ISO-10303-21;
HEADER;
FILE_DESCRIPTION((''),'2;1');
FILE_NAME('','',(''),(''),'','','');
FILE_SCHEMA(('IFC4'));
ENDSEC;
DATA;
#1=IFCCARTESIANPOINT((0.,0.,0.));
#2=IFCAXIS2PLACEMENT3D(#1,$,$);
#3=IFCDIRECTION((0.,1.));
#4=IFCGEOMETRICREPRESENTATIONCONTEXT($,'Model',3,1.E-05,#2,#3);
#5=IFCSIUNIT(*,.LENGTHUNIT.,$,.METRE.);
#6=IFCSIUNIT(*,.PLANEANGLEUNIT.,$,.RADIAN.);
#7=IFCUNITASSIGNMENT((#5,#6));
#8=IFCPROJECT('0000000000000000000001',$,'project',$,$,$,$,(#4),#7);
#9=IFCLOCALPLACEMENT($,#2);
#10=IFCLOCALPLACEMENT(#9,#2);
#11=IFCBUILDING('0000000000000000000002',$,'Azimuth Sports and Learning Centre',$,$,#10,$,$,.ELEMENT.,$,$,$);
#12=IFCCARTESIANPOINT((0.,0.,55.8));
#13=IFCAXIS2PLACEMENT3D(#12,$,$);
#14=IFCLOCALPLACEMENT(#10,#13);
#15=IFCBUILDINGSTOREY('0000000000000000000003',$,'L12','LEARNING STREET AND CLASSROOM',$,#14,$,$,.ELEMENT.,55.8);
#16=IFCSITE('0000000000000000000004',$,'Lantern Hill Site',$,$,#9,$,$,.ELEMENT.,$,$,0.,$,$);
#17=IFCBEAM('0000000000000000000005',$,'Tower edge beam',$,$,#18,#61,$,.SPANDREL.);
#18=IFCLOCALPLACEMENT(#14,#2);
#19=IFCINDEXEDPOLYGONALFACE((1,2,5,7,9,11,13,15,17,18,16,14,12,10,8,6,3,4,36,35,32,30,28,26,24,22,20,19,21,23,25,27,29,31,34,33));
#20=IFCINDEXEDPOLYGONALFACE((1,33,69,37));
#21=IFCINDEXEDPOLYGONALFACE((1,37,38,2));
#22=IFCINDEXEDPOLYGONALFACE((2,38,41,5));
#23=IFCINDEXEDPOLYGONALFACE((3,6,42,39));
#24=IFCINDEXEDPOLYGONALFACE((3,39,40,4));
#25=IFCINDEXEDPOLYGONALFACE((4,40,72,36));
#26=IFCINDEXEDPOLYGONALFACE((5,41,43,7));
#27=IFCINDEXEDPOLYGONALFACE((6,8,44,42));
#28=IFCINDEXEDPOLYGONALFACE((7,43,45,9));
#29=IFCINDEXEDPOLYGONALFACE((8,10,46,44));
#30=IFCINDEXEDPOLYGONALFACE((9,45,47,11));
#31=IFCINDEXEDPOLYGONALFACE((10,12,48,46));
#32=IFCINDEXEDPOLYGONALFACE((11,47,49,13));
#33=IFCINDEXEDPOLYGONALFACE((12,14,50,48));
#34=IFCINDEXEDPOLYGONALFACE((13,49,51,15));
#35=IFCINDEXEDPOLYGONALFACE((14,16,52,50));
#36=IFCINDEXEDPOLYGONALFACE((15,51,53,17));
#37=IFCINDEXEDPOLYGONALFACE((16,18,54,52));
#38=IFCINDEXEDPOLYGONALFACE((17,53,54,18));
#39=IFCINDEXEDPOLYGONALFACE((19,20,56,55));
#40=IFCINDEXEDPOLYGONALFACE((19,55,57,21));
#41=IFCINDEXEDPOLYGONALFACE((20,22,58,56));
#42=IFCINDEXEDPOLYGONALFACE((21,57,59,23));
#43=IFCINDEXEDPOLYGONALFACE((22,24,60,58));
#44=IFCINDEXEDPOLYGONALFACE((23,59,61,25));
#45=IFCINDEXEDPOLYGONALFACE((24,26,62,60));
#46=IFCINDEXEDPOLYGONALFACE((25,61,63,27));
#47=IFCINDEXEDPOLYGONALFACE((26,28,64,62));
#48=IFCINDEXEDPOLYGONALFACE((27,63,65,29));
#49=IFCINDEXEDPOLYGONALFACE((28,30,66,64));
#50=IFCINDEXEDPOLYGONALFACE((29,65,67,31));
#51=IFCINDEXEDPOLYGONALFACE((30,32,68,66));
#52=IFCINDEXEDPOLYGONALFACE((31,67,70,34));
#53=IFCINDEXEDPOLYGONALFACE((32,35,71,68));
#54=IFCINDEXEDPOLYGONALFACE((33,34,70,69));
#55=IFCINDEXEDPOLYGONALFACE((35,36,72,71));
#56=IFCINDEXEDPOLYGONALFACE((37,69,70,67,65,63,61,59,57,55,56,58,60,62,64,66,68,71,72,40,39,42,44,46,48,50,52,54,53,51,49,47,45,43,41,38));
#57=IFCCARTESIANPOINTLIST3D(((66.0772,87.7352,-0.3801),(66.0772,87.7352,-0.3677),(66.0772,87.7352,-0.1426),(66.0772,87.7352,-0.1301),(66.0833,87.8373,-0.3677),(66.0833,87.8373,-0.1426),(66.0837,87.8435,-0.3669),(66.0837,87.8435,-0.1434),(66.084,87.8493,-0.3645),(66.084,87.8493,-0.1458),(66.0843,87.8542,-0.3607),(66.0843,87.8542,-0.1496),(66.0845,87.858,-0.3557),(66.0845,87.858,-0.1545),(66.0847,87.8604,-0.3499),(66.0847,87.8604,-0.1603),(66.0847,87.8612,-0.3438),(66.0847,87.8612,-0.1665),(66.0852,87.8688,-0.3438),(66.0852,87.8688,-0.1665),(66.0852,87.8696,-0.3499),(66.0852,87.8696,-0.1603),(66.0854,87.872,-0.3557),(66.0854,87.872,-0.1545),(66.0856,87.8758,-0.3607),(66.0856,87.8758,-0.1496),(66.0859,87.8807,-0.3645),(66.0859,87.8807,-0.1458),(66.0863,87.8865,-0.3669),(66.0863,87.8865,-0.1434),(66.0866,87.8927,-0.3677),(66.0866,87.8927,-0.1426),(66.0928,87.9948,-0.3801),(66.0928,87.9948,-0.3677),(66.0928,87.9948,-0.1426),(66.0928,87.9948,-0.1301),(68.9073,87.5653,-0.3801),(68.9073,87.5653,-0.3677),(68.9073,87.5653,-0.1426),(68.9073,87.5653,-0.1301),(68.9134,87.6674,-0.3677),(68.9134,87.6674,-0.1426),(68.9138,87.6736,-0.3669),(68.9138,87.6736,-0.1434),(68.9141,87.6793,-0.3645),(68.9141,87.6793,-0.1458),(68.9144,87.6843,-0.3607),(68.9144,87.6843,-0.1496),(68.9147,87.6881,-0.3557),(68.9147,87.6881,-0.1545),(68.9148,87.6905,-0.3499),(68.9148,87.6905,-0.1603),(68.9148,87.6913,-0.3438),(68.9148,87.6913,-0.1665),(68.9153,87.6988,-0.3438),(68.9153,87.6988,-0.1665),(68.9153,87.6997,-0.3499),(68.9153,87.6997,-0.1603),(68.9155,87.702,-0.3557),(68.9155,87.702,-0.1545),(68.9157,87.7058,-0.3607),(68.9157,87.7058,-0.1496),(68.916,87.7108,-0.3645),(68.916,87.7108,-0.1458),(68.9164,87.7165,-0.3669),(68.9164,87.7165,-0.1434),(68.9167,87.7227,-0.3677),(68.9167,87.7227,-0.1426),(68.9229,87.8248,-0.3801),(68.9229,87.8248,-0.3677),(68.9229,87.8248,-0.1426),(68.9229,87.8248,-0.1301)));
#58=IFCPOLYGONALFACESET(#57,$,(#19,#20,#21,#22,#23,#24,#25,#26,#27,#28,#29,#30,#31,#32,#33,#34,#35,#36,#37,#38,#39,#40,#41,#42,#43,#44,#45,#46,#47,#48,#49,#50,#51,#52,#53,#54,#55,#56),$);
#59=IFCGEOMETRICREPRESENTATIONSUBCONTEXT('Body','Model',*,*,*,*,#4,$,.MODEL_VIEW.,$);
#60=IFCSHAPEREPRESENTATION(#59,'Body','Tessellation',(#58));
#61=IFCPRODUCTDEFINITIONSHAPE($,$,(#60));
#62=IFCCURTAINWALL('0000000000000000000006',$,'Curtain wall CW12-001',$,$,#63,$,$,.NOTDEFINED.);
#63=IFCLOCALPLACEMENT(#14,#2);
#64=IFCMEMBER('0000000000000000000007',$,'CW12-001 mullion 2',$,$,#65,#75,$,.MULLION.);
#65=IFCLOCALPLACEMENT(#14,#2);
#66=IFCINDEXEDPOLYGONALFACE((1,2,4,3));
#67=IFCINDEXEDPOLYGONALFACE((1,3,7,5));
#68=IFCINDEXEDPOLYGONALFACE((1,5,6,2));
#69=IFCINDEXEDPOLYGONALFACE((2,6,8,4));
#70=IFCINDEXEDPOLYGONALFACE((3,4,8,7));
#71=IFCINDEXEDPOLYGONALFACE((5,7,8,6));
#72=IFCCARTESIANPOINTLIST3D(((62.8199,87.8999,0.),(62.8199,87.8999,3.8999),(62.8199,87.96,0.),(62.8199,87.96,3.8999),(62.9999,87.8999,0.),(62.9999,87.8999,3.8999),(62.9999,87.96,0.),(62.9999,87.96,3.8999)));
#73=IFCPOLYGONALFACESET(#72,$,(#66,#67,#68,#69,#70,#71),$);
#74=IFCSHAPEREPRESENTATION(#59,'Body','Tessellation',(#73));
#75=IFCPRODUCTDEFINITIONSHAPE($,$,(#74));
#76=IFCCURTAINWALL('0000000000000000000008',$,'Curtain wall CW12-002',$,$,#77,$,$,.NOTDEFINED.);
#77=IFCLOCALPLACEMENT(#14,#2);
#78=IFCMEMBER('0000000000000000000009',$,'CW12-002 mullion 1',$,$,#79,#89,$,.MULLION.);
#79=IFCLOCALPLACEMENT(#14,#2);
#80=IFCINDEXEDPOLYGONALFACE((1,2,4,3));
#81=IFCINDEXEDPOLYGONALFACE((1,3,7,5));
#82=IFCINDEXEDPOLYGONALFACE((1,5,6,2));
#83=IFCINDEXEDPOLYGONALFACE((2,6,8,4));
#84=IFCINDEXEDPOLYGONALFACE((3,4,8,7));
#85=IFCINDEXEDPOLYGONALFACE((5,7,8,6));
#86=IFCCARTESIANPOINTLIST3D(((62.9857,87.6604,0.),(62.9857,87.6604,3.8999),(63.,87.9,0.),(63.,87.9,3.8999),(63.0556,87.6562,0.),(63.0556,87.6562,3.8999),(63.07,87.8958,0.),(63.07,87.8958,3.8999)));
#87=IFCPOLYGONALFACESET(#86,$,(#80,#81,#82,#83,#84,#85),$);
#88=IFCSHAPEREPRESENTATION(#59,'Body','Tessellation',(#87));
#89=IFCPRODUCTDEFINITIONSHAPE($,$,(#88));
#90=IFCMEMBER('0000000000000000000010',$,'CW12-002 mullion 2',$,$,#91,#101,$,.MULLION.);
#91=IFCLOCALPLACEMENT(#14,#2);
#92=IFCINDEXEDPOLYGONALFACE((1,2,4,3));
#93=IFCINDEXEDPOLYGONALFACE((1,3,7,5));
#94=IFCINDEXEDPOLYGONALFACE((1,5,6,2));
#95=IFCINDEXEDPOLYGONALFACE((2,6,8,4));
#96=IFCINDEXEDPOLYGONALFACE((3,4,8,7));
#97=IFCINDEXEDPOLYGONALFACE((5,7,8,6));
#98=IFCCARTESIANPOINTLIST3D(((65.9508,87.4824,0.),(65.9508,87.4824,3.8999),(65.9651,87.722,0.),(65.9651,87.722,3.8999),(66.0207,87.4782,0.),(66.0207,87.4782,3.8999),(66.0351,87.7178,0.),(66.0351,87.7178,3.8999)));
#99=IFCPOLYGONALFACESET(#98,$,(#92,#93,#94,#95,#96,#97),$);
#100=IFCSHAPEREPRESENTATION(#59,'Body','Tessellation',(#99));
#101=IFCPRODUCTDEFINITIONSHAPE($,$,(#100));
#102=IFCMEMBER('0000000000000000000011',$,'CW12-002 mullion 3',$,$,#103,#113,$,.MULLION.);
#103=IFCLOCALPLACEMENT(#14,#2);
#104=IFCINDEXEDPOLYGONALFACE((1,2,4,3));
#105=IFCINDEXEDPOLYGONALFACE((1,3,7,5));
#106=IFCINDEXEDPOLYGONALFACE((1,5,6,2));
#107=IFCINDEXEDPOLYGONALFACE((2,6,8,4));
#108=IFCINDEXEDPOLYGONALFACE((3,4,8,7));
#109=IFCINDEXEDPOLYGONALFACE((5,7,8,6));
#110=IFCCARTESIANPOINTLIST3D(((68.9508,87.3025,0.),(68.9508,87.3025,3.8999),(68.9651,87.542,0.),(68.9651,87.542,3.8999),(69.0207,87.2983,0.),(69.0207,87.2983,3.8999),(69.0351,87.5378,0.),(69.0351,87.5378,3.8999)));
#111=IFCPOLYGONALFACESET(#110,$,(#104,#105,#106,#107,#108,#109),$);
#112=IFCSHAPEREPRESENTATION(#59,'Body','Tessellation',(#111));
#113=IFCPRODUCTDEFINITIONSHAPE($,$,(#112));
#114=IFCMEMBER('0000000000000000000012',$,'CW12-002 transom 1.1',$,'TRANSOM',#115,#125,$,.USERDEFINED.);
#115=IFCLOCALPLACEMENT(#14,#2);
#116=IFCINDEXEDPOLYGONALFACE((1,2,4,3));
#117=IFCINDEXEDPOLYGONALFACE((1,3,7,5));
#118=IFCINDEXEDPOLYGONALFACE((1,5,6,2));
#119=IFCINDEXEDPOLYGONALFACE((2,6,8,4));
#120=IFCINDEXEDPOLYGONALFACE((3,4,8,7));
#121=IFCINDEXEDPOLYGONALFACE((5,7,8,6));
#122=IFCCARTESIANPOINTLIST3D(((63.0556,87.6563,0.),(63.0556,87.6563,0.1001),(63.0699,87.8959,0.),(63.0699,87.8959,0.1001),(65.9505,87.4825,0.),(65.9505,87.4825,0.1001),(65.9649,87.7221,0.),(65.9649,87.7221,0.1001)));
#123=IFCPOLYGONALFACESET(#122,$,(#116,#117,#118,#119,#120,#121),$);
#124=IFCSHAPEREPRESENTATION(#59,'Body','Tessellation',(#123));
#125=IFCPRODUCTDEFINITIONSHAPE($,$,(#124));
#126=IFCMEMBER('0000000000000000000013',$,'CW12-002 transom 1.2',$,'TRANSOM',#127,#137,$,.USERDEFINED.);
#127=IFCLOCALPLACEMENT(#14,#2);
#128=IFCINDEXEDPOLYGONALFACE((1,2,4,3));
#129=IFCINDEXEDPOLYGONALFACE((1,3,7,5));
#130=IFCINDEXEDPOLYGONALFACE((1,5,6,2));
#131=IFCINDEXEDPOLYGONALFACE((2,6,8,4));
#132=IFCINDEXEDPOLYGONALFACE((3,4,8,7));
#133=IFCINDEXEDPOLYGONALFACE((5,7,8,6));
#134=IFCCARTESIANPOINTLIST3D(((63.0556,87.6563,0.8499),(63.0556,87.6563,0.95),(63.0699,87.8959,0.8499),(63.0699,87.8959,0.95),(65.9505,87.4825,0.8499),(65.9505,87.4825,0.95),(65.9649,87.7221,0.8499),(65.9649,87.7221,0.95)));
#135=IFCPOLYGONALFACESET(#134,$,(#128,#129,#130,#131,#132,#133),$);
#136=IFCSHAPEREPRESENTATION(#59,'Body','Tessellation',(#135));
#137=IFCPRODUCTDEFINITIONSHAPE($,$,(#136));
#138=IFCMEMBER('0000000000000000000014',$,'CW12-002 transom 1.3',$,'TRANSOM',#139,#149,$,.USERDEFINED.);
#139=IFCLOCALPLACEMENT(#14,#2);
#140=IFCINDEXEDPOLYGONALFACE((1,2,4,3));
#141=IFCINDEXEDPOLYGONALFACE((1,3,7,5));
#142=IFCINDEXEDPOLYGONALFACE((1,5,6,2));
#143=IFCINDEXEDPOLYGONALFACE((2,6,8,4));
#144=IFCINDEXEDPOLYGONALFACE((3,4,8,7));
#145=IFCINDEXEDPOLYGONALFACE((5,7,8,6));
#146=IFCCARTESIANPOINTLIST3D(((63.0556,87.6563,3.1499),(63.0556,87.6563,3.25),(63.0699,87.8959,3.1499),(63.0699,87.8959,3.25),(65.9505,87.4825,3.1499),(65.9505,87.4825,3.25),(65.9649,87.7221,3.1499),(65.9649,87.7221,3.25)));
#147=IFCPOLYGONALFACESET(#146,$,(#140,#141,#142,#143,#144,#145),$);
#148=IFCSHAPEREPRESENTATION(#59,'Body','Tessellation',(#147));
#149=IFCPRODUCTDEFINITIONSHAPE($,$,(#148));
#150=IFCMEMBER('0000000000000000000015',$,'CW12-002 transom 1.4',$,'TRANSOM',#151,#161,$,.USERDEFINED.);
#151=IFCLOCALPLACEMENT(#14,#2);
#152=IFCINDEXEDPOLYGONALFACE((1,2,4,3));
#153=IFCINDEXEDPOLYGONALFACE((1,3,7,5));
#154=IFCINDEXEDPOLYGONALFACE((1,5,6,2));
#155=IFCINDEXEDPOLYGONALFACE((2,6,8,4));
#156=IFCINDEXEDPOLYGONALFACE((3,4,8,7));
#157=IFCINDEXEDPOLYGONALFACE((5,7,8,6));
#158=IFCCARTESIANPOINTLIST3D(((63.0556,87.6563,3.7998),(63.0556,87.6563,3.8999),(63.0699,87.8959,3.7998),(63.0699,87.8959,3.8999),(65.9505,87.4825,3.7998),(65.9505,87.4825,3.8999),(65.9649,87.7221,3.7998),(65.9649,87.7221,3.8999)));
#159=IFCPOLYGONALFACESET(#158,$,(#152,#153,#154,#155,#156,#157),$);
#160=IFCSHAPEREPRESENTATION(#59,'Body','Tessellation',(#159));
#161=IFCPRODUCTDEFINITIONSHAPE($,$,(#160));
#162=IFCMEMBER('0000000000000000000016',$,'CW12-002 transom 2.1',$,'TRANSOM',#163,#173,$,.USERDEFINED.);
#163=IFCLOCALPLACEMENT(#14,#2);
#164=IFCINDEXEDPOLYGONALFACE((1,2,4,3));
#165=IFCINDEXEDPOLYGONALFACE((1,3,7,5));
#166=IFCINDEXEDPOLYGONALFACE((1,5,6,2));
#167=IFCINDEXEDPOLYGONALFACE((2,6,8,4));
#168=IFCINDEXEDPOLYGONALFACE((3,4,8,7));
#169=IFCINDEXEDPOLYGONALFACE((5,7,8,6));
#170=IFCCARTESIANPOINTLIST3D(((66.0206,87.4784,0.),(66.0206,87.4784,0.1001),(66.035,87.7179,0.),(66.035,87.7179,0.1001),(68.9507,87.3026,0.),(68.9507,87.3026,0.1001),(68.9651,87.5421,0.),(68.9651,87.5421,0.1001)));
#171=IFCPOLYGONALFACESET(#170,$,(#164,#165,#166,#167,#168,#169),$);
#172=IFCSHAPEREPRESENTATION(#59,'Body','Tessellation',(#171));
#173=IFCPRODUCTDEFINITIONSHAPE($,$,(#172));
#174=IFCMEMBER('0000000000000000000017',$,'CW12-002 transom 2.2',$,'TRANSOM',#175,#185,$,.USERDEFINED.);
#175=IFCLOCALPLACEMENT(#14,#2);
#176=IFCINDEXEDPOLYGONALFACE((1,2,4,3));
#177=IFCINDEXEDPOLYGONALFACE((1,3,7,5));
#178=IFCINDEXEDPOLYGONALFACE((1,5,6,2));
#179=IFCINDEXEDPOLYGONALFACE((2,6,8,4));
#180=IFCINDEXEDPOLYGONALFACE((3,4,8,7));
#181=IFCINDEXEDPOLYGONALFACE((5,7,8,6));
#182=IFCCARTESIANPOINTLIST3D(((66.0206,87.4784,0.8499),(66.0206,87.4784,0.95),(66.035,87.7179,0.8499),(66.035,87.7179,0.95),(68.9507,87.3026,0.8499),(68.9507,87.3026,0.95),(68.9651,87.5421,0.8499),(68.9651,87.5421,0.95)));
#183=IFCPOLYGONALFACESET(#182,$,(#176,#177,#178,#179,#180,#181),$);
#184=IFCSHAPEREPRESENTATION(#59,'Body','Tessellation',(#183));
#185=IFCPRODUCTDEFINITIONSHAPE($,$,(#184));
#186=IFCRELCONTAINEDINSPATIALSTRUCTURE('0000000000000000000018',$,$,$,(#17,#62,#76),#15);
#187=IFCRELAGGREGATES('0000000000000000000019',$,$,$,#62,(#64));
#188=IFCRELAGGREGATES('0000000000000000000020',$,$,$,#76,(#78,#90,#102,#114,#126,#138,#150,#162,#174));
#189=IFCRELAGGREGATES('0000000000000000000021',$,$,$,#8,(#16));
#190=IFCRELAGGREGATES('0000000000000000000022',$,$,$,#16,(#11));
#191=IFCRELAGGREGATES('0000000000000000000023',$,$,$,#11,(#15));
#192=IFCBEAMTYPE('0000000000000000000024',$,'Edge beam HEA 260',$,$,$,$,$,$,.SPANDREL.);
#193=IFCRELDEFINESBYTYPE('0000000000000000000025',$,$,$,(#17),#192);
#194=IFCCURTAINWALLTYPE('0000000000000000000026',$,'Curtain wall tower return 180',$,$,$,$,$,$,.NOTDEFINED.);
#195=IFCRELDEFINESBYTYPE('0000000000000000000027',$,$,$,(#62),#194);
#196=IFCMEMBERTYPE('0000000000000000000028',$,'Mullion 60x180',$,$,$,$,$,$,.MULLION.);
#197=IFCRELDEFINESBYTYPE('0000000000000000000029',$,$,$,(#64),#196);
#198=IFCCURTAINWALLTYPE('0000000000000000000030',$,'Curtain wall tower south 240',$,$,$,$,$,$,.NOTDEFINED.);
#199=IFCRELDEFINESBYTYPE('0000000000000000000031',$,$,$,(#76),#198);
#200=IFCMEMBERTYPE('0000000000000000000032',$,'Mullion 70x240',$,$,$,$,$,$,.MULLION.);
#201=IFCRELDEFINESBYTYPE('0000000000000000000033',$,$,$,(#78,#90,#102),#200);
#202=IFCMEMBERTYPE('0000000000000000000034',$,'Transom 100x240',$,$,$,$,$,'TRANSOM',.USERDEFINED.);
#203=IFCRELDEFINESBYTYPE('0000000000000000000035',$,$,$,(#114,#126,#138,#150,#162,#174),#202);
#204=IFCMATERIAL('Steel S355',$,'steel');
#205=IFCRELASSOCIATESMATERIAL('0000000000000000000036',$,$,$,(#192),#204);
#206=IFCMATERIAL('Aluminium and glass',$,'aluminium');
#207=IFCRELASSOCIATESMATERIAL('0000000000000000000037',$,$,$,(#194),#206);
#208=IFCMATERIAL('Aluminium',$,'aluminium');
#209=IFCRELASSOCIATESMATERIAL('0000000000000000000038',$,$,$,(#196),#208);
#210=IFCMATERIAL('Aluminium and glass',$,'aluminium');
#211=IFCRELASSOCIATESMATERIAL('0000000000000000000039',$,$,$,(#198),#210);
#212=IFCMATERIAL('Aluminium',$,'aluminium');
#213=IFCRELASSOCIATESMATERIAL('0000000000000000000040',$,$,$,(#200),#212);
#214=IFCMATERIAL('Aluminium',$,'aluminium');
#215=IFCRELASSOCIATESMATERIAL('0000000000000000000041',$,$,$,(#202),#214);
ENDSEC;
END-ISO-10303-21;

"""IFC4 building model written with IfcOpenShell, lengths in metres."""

from ifc_helpers import new_model, si_unit, direction, frame, origin, origin_2d, place, context, subcontext, project, spatial, rectangle, i_section, extrude, material, material_profile, profile_set, type_object, element, aggregate, save


model = new_model("IFC4")

# Units and contexts
model_context = context("Model", 3, precision=1e-05, world=origin(), true_north=direction((0.0, 1.0)))
body_context = subcontext(model_context, "Body", "Model", "MODEL_VIEW")
ifc_project = project(units=[si_unit("LENGTHUNIT", "METRE"), si_unit("PLANEANGLEUNIT", "RADIAN")], contexts=[model_context])

# Site, building, storey
site_placement = place(None, origin())
site = spatial("IfcSite", under=ifc_project, at=site_placement, Name="Lantern Hill Site", CompositionType="ELEMENT", RefElevation=0.0)
building_placement = place(site_placement, origin())
building = spatial("IfcBuilding", under=site, at=building_placement, Name="Azimuth Sports and Learning Centre", CompositionType="ELEMENT")
storey_placement = place(building_placement, frame((0.0, 0.0, 55.8)))
storey = spatial("IfcBuildingStorey", under=building, at=storey_placement, Name="L12", Description="LEARNING STREET AND CLASSROOM", CompositionType="ELEMENT", Elevation=55.8)

# Beam
ifc_material_1 = material(Name="Steel S355", Category="steel")
ifc_material_profile_1 = material_profile(ifc_material_1, i_section(OverallWidth=0.26, OverallDepth=0.25, WebThickness=0.0076, FlangeThickness=0.0125, FilletRadius=0.0239, at=origin_2d()), Name="HEA 260")
ifc_profile_set_1 = profile_set([ifc_material_profile_1], Name="Steel S355")
beam_type = type_object("IfcBeamType", Name="Edge beam HEA 260", PredefinedType="SPANDREL", material=ifc_profile_set_1)
beam_placement = place(storey_placement, frame((66.085, 87.865, -0.2551), z_axis=(0.998202, -0.059933, 0.0), x_axis=(0.059933, 0.998202, 0.0)))
element("IfcBeam", 1, at=beam_placement, inside=storey, type_object=beam_type, Name="Tower edge beam", PredefinedType="SPANDREL", context=body_context, shape_type="SweptSolid", body=[
    extrude(i_section(OverallWidth=0.26, OverallDepth=0.25, WebThickness=0.0076, FlangeThickness=0.0125, FilletRadius=0.0239, at=origin_2d()), origin(), (0.0, 0.0, 1.0), 2.8352),
])

# Curtain wall, member
ifc_material_2 = material(Name="Aluminium and glass", Category="aluminium")
curtain_wall_type_1 = type_object("IfcCurtainWallType", Name="Curtain wall tower return 180", PredefinedType="NOTDEFINED", material=ifc_material_2)
curtain_wall_1_placement = place(storey_placement, origin())
curtain_wall_1 = element("IfcCurtainWall", 2, at=curtain_wall_1_placement, inside=storey, type_object=curtain_wall_type_1, Name="Curtain wall CW12-001", PredefinedType="NOTDEFINED")
ifc_material_3 = material(Name="Aluminium", Category="aluminium")
ifc_material_profile_2 = material_profile(ifc_material_3, rectangle(XDim=0.1799, YDim=0.0601, at=origin_2d()), Name="Mullion 60x180")
ifc_profile_set_2 = profile_set([ifc_material_profile_2], Name="Aluminium")
member_type_1 = type_object("IfcMemberType", Name="Mullion 60x180", PredefinedType="MULLION", material=ifc_profile_set_2)
member_1_placement = place(storey_placement, frame((62.9099, 87.9299, 0.0), z_axis=(0.0, 0.0, 1.0), x_axis=(1.0, 0.0, 0.0)))
member_1 = element("IfcMember", 3, at=member_1_placement, type_object=member_type_1, Name="CW12-001 mullion 2", PredefinedType="MULLION", context=body_context, shape_type="SweptSolid", body=[
    extrude(rectangle(XDim=0.1799, YDim=0.0601, at=origin_2d()), origin(), (0.0, 0.0, 1.0), 3.8999),
])
aggregate(curtain_wall_1, [member_1])

# Curtain wall, members
ifc_material_4 = material(Name="Aluminium and glass", Category="aluminium")
curtain_wall_type_2 = type_object("IfcCurtainWallType", Name="Curtain wall tower south 240", PredefinedType="NOTDEFINED", material=ifc_material_4)
curtain_wall_2_placement = place(storey_placement, origin())
curtain_wall_2 = element("IfcCurtainWall", 4, at=curtain_wall_2_placement, inside=storey, type_object=curtain_wall_type_2, Name="Curtain wall CW12-002", PredefinedType="NOTDEFINED")
ifc_material_5 = material(Name="Aluminium", Category="aluminium")
ifc_material_profile_3 = material_profile(ifc_material_5, rectangle(XDim=0.24, YDim=0.0701, at=origin_2d()), Name="Mullion 70x240")
ifc_profile_set_3 = profile_set([ifc_material_profile_3], Name="Aluminium")
member_type_2 = type_object("IfcMemberType", Name="Mullion 70x240", PredefinedType="MULLION", material=ifc_profile_set_3)
member_2_placement = place(storey_placement, frame((63.0278, 87.7781, 0.0), z_axis=(0.0, 0.0, 1.0), x_axis=(0.059892, 0.998205, 0.0)))
member_2 = element("IfcMember", 5, at=member_2_placement, type_object=member_type_2, Name="CW12-002 mullion 1", PredefinedType="MULLION", context=body_context, shape_type="SweptSolid", body=[
    extrude(rectangle(XDim=0.24, YDim=0.0701, at=origin_2d()), origin(), (0.0, 0.0, 1.0), 3.8999),
])
member_3_placement = place(storey_placement, frame((65.9929, 87.6001, 0.0), z_axis=(0.0, 0.0, 1.0), x_axis=(0.059892, 0.998205, 0.0)))
member_3 = element("IfcMember", 6, at=member_3_placement, type_object=member_type_2, Name="CW12-002 mullion 2", PredefinedType="MULLION", context=body_context, shape_type="SweptSolid", body=[
    extrude(rectangle(XDim=0.24, YDim=0.0701, at=origin_2d()), origin(), (0.0, 0.0, 1.0), 3.8999),
])
member_4_placement = place(storey_placement, frame((68.9929, 87.4202, 0.0), z_axis=(0.0, 0.0, 1.0), x_axis=(0.059892, 0.998205, 0.0)))
member_4 = element("IfcMember", 7, at=member_4_placement, type_object=member_type_2, Name="CW12-002 mullion 3", PredefinedType="MULLION", context=body_context, shape_type="SweptSolid", body=[
    extrude(rectangle(XDim=0.24, YDim=0.0701, at=origin_2d()), origin(), (0.0, 0.0, 1.0), 3.8999),
])
ifc_material_6 = material(Name="Aluminium", Category="aluminium")
ifc_material_profile_4 = material_profile(ifc_material_6, rectangle(XDim=0.24, YDim=0.1001, at=origin_2d()), Name="Transom 100x240")
ifc_profile_set_4 = profile_set([ifc_material_profile_4], Name="Aluminium")
member_type_3 = type_object("IfcMemberType", Name="Transom 100x240", ElementType="TRANSOM", PredefinedType="USERDEFINED", material=ifc_profile_set_4)
member_5_placement = place(storey_placement, frame((63.0627, 87.7761, 0.05), z_axis=(0.998202, -0.059936, 0.0), x_axis=(0.059936, 0.998202, 0.0)))
member_5 = element("IfcMember", 8, at=member_5_placement, type_object=member_type_3, Name="CW12-002 transom 1.1", ObjectType="TRANSOM", PredefinedType="USERDEFINED", context=body_context, shape_type="SweptSolid", body=[
    extrude(rectangle(XDim=0.24, YDim=0.1001, at=origin_2d()), origin(), (0.0, 0.0, 1.0), 2.9001),
])
member_6_placement = place(storey_placement, frame((63.0627, 87.7761, 0.8999), z_axis=(0.998202, -0.059936, 0.0), x_axis=(0.059936, 0.998202, 0.0)))
member_6 = element("IfcMember", 9, at=member_6_placement, type_object=member_type_3, Name="CW12-002 transom 1.2", ObjectType="TRANSOM", PredefinedType="USERDEFINED", context=body_context, shape_type="SweptSolid", body=[
    extrude(rectangle(XDim=0.24, YDim=0.1001, at=origin_2d()), origin(), (0.0, 0.0, 1.0), 2.9001),
])
member_7_placement = place(storey_placement, frame((63.0627, 87.7761, 3.2), z_axis=(0.998202, -0.059936, 0.0), x_axis=(0.059936, 0.998202, 0.0)))
member_7 = element("IfcMember", 10, at=member_7_placement, type_object=member_type_3, Name="CW12-002 transom 1.3", ObjectType="TRANSOM", PredefinedType="USERDEFINED", context=body_context, shape_type="SweptSolid", body=[
    extrude(rectangle(XDim=0.24, YDim=0.1001, at=origin_2d()), origin(), (0.0, 0.0, 1.0), 2.9001),
])
member_8_placement = place(storey_placement, frame((63.0627, 87.7761, 3.8499), z_axis=(0.998202, -0.059936, 0.0), x_axis=(0.059936, 0.998202, 0.0)))
member_8 = element("IfcMember", 11, at=member_8_placement, type_object=member_type_3, Name="CW12-002 transom 1.4", ObjectType="TRANSOM", PredefinedType="USERDEFINED", context=body_context, shape_type="SweptSolid", body=[
    extrude(rectangle(XDim=0.24, YDim=0.1001, at=origin_2d()), origin(), (0.0, 0.0, 1.0), 2.9001),
])
member_9_placement = place(storey_placement, frame((66.0278, 87.5981, 0.05), z_axis=(0.998205, -0.059887, 0.0), x_axis=(0.059887, 0.998205, 0.0)))
member_9 = element("IfcMember", 12, at=member_9_placement, type_object=member_type_3, Name="CW12-002 transom 2.1", ObjectType="TRANSOM", PredefinedType="USERDEFINED", context=body_context, shape_type="SweptSolid", body=[
    extrude(rectangle(XDim=0.24, YDim=0.1001, at=origin_2d()), origin(), (0.0, 0.0, 1.0), 2.9353),
])
member_10_placement = place(storey_placement, frame((66.0278, 87.5981, 0.8999), z_axis=(0.998205, -0.059887, 0.0), x_axis=(0.059887, 0.998205, 0.0)))
member_10 = element("IfcMember", 13, at=member_10_placement, type_object=member_type_3, Name="CW12-002 transom 2.2", ObjectType="TRANSOM", PredefinedType="USERDEFINED", context=body_context, shape_type="SweptSolid", body=[
    extrude(rectangle(XDim=0.24, YDim=0.1001, at=origin_2d()), origin(), (0.0, 0.0, 1.0), 2.9353),
])
aggregate(curtain_wall_2, [member_2, member_3, member_4, member_5, member_6, member_7, member_8, member_9, member_10])

save(model, "model.ifc")
